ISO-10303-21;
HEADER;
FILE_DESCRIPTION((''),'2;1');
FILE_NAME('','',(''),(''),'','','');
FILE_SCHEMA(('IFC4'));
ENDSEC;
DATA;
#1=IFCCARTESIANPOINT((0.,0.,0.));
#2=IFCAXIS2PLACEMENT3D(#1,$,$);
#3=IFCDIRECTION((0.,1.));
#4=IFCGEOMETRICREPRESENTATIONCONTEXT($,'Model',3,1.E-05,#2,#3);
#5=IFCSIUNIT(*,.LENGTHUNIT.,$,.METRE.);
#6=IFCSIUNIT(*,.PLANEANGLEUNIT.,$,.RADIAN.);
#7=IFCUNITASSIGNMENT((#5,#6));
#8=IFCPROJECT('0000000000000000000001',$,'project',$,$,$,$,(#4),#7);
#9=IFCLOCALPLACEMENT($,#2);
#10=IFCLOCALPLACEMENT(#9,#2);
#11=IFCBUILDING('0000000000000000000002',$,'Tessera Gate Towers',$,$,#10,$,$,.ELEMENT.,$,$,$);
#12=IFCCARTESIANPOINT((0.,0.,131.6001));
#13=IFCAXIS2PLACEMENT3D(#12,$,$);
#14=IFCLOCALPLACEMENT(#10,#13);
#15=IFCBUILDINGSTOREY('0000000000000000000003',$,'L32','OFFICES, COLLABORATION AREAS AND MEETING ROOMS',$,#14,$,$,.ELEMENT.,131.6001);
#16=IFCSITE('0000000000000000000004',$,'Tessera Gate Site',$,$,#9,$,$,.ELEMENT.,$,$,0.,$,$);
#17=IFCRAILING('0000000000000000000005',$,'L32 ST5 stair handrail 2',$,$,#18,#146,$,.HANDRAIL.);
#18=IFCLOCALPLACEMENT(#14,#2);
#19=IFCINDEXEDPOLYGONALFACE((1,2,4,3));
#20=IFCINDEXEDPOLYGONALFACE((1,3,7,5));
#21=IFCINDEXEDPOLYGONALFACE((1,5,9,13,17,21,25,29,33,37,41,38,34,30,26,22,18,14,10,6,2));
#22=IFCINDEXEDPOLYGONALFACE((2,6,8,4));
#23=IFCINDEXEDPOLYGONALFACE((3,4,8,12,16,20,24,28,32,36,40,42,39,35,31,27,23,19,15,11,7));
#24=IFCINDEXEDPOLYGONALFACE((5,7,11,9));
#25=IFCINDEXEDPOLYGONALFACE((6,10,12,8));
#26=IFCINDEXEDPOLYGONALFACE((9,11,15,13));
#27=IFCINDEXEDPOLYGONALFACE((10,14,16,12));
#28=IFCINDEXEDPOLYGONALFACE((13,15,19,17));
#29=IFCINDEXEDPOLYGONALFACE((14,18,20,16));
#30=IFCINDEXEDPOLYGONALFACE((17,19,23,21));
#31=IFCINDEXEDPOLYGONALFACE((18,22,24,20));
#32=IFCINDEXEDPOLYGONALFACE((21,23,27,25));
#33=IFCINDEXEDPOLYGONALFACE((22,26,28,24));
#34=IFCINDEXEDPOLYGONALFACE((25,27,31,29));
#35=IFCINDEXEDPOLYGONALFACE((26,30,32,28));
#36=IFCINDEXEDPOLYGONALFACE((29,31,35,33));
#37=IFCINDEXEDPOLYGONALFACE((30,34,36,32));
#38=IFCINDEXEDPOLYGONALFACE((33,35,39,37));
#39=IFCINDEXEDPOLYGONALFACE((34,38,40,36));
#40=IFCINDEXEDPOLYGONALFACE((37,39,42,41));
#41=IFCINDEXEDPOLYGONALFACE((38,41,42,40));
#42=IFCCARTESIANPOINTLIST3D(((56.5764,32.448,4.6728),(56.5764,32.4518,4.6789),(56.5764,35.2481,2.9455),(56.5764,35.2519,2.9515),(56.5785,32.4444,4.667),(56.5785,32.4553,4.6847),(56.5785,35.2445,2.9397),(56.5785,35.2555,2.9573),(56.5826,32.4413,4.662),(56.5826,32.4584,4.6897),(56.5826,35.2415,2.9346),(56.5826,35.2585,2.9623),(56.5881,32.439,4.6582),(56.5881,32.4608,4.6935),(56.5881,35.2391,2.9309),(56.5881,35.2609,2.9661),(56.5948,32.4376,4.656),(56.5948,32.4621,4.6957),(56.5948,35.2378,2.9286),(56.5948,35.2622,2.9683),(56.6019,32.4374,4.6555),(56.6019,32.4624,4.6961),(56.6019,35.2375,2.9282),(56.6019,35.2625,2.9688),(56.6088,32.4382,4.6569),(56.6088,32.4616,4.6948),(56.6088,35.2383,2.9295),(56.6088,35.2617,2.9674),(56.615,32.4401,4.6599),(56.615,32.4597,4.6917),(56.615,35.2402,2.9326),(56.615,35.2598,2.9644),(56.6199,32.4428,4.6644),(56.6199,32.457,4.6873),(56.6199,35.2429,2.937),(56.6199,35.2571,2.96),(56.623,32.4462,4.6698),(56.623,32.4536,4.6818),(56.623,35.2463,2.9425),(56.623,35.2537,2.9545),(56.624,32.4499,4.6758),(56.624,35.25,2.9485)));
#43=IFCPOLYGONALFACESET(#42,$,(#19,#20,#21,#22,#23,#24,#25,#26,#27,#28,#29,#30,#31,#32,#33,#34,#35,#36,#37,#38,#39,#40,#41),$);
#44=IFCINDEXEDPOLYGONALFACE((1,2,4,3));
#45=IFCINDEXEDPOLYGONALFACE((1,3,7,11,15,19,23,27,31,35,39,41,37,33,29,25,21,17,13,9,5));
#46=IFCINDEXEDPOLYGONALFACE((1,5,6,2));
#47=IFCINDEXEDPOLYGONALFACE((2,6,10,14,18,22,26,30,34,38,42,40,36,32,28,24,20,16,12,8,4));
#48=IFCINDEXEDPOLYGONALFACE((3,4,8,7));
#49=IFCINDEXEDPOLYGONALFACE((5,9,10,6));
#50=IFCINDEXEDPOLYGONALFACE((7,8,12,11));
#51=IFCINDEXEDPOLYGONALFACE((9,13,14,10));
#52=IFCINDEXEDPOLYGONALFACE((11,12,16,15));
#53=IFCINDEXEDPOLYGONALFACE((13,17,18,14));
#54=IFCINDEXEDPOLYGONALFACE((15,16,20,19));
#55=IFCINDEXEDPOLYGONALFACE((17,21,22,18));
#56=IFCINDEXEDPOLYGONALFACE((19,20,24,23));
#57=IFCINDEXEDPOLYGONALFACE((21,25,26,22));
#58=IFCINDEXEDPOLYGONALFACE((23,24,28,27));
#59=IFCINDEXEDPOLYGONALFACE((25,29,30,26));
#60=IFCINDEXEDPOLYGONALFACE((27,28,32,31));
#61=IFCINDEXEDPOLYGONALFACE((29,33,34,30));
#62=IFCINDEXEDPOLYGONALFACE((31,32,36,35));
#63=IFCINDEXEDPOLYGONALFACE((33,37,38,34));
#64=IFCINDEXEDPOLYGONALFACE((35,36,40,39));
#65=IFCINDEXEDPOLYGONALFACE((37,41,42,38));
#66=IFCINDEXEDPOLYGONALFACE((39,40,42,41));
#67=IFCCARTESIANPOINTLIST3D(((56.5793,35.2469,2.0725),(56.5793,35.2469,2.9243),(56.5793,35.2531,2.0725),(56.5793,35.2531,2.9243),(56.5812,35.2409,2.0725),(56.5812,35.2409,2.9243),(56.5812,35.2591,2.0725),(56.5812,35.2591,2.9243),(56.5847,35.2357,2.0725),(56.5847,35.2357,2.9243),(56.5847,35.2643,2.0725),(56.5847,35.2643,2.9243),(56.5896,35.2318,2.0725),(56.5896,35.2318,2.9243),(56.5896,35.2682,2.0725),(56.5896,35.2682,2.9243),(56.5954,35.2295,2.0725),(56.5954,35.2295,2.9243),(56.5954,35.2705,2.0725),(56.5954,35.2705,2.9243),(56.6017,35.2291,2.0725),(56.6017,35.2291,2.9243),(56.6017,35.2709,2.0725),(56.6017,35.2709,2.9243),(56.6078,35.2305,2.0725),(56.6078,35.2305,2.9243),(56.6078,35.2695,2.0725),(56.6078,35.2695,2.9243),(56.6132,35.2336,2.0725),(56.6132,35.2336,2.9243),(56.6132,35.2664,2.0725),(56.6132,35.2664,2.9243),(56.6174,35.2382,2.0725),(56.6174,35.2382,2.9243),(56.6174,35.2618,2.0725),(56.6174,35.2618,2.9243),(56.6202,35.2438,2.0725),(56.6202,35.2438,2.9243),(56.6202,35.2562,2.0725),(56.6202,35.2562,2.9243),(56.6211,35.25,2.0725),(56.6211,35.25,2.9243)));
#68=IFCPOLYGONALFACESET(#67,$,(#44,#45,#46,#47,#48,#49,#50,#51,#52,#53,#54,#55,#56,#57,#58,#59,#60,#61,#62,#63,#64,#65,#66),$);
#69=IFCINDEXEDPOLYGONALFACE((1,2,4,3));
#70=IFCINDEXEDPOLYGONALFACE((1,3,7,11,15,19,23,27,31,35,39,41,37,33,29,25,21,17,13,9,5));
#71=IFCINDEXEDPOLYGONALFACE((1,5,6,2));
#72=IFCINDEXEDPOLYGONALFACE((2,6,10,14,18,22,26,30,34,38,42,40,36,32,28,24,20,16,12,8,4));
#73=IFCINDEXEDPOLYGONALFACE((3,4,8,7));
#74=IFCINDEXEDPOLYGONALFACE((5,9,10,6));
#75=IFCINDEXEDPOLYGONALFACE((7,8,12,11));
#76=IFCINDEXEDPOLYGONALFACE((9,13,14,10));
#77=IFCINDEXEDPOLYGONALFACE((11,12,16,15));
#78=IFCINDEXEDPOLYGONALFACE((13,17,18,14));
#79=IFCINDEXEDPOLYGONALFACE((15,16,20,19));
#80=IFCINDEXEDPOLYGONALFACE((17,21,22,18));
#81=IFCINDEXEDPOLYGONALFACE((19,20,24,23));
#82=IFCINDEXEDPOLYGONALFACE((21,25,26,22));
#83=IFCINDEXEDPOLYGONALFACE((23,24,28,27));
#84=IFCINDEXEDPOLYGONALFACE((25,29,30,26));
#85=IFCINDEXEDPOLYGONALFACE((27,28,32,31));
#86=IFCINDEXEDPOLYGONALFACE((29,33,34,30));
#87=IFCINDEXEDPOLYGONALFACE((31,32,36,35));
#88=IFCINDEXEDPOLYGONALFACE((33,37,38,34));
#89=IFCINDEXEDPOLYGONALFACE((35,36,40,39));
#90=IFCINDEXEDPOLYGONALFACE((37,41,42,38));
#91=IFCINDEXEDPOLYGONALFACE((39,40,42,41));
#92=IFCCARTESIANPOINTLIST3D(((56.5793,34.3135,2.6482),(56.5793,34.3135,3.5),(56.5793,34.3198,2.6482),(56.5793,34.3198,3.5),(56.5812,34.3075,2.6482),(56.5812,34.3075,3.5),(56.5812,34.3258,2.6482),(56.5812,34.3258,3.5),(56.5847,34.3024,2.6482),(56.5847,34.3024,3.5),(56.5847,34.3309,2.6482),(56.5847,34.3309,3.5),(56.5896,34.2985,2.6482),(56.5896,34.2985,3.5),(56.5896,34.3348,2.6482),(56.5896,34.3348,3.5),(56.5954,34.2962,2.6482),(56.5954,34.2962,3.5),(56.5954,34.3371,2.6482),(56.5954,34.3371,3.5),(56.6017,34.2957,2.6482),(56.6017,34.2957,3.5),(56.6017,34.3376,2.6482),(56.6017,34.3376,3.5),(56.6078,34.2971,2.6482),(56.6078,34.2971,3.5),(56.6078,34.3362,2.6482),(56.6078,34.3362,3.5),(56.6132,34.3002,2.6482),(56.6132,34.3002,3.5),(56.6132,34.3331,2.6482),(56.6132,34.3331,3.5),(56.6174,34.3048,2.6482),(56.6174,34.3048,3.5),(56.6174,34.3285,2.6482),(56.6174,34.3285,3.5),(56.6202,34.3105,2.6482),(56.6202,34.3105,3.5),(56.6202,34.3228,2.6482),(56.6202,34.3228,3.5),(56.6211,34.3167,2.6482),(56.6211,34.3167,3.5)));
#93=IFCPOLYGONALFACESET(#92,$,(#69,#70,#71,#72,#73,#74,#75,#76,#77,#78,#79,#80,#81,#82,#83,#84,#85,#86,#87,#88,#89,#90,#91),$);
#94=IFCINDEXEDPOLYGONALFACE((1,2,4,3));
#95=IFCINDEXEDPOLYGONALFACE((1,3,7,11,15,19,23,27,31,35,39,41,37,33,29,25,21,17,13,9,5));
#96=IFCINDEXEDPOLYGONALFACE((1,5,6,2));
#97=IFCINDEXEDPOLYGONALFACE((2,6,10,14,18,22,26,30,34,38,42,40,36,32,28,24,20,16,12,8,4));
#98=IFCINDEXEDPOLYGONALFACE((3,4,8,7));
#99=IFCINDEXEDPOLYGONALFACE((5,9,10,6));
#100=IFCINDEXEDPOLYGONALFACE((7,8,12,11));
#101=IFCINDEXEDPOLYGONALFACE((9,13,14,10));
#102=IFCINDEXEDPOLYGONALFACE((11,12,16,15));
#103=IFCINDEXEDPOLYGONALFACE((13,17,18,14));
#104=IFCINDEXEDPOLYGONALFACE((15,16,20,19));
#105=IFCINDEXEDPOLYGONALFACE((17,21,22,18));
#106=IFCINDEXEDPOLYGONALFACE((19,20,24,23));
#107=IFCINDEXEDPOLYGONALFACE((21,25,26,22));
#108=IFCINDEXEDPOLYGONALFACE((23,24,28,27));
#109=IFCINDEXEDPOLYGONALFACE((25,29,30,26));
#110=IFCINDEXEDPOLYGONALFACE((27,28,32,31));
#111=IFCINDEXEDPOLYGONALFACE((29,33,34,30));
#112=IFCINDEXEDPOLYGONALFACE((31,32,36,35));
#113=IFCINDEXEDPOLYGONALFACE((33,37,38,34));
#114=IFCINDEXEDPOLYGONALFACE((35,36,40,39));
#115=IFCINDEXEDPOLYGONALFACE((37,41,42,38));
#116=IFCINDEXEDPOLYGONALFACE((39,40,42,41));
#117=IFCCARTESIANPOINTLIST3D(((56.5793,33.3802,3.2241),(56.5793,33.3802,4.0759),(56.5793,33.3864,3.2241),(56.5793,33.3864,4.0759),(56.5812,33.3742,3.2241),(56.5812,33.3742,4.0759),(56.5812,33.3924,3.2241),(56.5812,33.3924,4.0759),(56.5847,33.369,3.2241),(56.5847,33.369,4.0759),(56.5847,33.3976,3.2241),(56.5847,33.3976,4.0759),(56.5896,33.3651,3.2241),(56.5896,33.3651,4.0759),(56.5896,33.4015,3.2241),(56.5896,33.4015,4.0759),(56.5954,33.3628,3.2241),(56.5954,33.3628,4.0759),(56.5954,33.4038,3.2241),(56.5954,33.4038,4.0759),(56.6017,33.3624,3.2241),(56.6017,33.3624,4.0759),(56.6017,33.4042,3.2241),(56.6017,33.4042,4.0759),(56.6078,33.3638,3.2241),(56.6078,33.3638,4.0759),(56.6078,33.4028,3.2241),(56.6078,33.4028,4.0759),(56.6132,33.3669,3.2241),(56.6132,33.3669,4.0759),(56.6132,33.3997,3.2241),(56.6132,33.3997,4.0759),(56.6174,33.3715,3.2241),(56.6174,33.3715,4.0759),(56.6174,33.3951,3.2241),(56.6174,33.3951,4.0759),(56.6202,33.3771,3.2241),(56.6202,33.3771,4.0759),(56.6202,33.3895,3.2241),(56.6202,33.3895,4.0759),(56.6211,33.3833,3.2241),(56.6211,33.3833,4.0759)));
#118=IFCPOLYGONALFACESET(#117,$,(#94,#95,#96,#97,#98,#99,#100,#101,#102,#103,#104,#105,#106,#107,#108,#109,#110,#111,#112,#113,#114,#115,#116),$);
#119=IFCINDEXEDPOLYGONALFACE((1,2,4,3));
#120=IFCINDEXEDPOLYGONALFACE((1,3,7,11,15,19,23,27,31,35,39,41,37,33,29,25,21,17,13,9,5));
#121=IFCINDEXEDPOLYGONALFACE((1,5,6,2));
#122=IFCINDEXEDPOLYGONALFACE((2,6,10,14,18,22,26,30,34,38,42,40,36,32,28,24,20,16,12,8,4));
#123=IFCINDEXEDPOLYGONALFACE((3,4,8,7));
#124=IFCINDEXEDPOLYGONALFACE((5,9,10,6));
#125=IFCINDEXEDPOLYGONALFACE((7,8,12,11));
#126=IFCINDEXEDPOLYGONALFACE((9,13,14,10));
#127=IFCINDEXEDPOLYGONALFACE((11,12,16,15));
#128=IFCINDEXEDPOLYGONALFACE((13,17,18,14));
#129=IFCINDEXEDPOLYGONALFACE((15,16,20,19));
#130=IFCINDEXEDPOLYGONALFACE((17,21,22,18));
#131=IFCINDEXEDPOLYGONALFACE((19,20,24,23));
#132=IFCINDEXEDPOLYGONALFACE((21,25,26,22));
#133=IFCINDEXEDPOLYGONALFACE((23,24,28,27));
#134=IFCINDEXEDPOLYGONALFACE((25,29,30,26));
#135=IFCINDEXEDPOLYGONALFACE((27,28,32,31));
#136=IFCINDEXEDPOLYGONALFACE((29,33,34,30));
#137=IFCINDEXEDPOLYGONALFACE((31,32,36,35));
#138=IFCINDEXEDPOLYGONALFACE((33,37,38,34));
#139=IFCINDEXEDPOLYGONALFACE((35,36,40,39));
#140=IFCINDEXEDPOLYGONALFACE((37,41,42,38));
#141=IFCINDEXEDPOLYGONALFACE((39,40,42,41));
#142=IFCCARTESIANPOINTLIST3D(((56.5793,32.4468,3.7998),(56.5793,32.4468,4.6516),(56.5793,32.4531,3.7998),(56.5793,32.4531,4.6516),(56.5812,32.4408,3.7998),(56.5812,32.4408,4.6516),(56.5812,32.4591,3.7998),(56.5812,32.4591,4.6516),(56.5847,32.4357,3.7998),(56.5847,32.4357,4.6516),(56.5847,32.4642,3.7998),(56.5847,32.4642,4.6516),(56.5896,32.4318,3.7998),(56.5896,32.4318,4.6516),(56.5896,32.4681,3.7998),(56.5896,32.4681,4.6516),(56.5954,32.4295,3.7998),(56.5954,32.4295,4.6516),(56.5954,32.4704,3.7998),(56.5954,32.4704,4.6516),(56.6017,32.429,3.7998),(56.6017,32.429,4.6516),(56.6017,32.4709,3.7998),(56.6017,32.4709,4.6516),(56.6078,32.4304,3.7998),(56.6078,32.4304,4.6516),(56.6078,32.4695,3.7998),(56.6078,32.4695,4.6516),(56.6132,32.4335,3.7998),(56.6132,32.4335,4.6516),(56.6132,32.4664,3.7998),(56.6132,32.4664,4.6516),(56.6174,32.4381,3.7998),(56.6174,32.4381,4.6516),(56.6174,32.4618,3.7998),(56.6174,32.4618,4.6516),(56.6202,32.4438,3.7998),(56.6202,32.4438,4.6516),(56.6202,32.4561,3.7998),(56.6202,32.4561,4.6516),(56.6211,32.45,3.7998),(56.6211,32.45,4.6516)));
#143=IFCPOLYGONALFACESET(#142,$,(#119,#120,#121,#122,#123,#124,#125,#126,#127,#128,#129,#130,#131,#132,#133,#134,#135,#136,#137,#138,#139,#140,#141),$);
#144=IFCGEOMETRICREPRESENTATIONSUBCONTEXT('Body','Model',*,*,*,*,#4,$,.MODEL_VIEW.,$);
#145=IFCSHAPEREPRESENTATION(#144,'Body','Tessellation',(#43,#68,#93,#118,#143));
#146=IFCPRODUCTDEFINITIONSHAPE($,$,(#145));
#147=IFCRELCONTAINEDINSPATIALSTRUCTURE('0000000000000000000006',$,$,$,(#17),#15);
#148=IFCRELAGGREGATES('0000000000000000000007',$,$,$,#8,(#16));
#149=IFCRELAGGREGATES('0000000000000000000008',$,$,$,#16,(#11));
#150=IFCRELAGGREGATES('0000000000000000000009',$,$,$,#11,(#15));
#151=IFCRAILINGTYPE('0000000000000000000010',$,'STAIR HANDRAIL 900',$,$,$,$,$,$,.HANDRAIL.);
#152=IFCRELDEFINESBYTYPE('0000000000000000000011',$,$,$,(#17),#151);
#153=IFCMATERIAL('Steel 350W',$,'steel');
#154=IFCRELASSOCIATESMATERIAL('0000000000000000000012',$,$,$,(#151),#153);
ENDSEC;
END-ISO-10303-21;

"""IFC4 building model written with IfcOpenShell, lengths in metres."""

from ifc_helpers import new_model, si_unit, direction, frame, origin, origin_2d, place, context, subcontext, project, spatial, circle, extrude, material, type_object, element, save


model = new_model("IFC4")

# Units and contexts
model_context = context("Model", 3, precision=1e-05, world=origin(), true_north=direction((0.0, 1.0)))
body_context = subcontext(model_context, "Body", "Model", "MODEL_VIEW")
ifc_project = project(units=[si_unit("LENGTHUNIT", "METRE"), si_unit("PLANEANGLEUNIT", "RADIAN")], contexts=[model_context])

# Site, building, storey
site_placement = place(None, origin())
site = spatial("IfcSite", under=ifc_project, at=site_placement, Name="Tessera Gate Site", CompositionType="ELEMENT", RefElevation=0.0)
building_placement = place(site_placement, origin())
building = spatial("IfcBuilding", under=site, at=building_placement, Name="Tessera Gate Towers", CompositionType="ELEMENT")
storey_placement = place(building_placement, frame((0.0, 0.0, 131.6001)))
storey = spatial("IfcBuildingStorey", under=building, at=storey_placement, Name="L32", Description="OFFICES, COLLABORATION AREAS AND MEETING ROOMS", CompositionType="ELEMENT", Elevation=131.6001)

# Railing
ifc_material_1 = material(Name="Steel 350W", Category="steel")
railing_type_1 = type_object("IfcRailingType", Name="STAIR HANDRAIL 900", PredefinedType="HANDRAIL", material=ifc_material_1)
railing_1_placement = place(storey_placement, frame((56.6001, 35.25, 2.0725)))
element("IfcRailing", 1, at=railing_1_placement, inside=storey, type_object=railing_type_1, Name="L32 ST5 stair handrail 2", PredefinedType="HANDRAIL", context=body_context, shape_type="SweptSolid", body=[
    extrude(circle(Radius=0.0239, at=origin_2d()), frame((0.0, 0.0, 0.876), z_axis=(0.0, -0.85109, 0.52502), x_axis=(1.0, 0.0, 0.0)), (0.0, 0.0, 1.0), 3.29),
    extrude(circle(Radius=0.021, at=origin_2d()), origin(), (0.0, 0.0, 1.0), 0.8518),
    extrude(circle(Radius=0.021, at=origin_2d()), frame((0.0, -0.9333, 0.5757)), (0.0, 0.0, 1.0), 0.8518),
    extrude(circle(Radius=0.021, at=origin_2d()), frame((0.0, -1.8667, 1.1516)), (0.0, 0.0, 1.0), 0.8518),
    extrude(circle(Radius=0.021, at=origin_2d()), frame((0.0, -2.8, 1.7273)), (0.0, 0.0, 1.0), 0.8518),
])

save(model, "model.ifc")
